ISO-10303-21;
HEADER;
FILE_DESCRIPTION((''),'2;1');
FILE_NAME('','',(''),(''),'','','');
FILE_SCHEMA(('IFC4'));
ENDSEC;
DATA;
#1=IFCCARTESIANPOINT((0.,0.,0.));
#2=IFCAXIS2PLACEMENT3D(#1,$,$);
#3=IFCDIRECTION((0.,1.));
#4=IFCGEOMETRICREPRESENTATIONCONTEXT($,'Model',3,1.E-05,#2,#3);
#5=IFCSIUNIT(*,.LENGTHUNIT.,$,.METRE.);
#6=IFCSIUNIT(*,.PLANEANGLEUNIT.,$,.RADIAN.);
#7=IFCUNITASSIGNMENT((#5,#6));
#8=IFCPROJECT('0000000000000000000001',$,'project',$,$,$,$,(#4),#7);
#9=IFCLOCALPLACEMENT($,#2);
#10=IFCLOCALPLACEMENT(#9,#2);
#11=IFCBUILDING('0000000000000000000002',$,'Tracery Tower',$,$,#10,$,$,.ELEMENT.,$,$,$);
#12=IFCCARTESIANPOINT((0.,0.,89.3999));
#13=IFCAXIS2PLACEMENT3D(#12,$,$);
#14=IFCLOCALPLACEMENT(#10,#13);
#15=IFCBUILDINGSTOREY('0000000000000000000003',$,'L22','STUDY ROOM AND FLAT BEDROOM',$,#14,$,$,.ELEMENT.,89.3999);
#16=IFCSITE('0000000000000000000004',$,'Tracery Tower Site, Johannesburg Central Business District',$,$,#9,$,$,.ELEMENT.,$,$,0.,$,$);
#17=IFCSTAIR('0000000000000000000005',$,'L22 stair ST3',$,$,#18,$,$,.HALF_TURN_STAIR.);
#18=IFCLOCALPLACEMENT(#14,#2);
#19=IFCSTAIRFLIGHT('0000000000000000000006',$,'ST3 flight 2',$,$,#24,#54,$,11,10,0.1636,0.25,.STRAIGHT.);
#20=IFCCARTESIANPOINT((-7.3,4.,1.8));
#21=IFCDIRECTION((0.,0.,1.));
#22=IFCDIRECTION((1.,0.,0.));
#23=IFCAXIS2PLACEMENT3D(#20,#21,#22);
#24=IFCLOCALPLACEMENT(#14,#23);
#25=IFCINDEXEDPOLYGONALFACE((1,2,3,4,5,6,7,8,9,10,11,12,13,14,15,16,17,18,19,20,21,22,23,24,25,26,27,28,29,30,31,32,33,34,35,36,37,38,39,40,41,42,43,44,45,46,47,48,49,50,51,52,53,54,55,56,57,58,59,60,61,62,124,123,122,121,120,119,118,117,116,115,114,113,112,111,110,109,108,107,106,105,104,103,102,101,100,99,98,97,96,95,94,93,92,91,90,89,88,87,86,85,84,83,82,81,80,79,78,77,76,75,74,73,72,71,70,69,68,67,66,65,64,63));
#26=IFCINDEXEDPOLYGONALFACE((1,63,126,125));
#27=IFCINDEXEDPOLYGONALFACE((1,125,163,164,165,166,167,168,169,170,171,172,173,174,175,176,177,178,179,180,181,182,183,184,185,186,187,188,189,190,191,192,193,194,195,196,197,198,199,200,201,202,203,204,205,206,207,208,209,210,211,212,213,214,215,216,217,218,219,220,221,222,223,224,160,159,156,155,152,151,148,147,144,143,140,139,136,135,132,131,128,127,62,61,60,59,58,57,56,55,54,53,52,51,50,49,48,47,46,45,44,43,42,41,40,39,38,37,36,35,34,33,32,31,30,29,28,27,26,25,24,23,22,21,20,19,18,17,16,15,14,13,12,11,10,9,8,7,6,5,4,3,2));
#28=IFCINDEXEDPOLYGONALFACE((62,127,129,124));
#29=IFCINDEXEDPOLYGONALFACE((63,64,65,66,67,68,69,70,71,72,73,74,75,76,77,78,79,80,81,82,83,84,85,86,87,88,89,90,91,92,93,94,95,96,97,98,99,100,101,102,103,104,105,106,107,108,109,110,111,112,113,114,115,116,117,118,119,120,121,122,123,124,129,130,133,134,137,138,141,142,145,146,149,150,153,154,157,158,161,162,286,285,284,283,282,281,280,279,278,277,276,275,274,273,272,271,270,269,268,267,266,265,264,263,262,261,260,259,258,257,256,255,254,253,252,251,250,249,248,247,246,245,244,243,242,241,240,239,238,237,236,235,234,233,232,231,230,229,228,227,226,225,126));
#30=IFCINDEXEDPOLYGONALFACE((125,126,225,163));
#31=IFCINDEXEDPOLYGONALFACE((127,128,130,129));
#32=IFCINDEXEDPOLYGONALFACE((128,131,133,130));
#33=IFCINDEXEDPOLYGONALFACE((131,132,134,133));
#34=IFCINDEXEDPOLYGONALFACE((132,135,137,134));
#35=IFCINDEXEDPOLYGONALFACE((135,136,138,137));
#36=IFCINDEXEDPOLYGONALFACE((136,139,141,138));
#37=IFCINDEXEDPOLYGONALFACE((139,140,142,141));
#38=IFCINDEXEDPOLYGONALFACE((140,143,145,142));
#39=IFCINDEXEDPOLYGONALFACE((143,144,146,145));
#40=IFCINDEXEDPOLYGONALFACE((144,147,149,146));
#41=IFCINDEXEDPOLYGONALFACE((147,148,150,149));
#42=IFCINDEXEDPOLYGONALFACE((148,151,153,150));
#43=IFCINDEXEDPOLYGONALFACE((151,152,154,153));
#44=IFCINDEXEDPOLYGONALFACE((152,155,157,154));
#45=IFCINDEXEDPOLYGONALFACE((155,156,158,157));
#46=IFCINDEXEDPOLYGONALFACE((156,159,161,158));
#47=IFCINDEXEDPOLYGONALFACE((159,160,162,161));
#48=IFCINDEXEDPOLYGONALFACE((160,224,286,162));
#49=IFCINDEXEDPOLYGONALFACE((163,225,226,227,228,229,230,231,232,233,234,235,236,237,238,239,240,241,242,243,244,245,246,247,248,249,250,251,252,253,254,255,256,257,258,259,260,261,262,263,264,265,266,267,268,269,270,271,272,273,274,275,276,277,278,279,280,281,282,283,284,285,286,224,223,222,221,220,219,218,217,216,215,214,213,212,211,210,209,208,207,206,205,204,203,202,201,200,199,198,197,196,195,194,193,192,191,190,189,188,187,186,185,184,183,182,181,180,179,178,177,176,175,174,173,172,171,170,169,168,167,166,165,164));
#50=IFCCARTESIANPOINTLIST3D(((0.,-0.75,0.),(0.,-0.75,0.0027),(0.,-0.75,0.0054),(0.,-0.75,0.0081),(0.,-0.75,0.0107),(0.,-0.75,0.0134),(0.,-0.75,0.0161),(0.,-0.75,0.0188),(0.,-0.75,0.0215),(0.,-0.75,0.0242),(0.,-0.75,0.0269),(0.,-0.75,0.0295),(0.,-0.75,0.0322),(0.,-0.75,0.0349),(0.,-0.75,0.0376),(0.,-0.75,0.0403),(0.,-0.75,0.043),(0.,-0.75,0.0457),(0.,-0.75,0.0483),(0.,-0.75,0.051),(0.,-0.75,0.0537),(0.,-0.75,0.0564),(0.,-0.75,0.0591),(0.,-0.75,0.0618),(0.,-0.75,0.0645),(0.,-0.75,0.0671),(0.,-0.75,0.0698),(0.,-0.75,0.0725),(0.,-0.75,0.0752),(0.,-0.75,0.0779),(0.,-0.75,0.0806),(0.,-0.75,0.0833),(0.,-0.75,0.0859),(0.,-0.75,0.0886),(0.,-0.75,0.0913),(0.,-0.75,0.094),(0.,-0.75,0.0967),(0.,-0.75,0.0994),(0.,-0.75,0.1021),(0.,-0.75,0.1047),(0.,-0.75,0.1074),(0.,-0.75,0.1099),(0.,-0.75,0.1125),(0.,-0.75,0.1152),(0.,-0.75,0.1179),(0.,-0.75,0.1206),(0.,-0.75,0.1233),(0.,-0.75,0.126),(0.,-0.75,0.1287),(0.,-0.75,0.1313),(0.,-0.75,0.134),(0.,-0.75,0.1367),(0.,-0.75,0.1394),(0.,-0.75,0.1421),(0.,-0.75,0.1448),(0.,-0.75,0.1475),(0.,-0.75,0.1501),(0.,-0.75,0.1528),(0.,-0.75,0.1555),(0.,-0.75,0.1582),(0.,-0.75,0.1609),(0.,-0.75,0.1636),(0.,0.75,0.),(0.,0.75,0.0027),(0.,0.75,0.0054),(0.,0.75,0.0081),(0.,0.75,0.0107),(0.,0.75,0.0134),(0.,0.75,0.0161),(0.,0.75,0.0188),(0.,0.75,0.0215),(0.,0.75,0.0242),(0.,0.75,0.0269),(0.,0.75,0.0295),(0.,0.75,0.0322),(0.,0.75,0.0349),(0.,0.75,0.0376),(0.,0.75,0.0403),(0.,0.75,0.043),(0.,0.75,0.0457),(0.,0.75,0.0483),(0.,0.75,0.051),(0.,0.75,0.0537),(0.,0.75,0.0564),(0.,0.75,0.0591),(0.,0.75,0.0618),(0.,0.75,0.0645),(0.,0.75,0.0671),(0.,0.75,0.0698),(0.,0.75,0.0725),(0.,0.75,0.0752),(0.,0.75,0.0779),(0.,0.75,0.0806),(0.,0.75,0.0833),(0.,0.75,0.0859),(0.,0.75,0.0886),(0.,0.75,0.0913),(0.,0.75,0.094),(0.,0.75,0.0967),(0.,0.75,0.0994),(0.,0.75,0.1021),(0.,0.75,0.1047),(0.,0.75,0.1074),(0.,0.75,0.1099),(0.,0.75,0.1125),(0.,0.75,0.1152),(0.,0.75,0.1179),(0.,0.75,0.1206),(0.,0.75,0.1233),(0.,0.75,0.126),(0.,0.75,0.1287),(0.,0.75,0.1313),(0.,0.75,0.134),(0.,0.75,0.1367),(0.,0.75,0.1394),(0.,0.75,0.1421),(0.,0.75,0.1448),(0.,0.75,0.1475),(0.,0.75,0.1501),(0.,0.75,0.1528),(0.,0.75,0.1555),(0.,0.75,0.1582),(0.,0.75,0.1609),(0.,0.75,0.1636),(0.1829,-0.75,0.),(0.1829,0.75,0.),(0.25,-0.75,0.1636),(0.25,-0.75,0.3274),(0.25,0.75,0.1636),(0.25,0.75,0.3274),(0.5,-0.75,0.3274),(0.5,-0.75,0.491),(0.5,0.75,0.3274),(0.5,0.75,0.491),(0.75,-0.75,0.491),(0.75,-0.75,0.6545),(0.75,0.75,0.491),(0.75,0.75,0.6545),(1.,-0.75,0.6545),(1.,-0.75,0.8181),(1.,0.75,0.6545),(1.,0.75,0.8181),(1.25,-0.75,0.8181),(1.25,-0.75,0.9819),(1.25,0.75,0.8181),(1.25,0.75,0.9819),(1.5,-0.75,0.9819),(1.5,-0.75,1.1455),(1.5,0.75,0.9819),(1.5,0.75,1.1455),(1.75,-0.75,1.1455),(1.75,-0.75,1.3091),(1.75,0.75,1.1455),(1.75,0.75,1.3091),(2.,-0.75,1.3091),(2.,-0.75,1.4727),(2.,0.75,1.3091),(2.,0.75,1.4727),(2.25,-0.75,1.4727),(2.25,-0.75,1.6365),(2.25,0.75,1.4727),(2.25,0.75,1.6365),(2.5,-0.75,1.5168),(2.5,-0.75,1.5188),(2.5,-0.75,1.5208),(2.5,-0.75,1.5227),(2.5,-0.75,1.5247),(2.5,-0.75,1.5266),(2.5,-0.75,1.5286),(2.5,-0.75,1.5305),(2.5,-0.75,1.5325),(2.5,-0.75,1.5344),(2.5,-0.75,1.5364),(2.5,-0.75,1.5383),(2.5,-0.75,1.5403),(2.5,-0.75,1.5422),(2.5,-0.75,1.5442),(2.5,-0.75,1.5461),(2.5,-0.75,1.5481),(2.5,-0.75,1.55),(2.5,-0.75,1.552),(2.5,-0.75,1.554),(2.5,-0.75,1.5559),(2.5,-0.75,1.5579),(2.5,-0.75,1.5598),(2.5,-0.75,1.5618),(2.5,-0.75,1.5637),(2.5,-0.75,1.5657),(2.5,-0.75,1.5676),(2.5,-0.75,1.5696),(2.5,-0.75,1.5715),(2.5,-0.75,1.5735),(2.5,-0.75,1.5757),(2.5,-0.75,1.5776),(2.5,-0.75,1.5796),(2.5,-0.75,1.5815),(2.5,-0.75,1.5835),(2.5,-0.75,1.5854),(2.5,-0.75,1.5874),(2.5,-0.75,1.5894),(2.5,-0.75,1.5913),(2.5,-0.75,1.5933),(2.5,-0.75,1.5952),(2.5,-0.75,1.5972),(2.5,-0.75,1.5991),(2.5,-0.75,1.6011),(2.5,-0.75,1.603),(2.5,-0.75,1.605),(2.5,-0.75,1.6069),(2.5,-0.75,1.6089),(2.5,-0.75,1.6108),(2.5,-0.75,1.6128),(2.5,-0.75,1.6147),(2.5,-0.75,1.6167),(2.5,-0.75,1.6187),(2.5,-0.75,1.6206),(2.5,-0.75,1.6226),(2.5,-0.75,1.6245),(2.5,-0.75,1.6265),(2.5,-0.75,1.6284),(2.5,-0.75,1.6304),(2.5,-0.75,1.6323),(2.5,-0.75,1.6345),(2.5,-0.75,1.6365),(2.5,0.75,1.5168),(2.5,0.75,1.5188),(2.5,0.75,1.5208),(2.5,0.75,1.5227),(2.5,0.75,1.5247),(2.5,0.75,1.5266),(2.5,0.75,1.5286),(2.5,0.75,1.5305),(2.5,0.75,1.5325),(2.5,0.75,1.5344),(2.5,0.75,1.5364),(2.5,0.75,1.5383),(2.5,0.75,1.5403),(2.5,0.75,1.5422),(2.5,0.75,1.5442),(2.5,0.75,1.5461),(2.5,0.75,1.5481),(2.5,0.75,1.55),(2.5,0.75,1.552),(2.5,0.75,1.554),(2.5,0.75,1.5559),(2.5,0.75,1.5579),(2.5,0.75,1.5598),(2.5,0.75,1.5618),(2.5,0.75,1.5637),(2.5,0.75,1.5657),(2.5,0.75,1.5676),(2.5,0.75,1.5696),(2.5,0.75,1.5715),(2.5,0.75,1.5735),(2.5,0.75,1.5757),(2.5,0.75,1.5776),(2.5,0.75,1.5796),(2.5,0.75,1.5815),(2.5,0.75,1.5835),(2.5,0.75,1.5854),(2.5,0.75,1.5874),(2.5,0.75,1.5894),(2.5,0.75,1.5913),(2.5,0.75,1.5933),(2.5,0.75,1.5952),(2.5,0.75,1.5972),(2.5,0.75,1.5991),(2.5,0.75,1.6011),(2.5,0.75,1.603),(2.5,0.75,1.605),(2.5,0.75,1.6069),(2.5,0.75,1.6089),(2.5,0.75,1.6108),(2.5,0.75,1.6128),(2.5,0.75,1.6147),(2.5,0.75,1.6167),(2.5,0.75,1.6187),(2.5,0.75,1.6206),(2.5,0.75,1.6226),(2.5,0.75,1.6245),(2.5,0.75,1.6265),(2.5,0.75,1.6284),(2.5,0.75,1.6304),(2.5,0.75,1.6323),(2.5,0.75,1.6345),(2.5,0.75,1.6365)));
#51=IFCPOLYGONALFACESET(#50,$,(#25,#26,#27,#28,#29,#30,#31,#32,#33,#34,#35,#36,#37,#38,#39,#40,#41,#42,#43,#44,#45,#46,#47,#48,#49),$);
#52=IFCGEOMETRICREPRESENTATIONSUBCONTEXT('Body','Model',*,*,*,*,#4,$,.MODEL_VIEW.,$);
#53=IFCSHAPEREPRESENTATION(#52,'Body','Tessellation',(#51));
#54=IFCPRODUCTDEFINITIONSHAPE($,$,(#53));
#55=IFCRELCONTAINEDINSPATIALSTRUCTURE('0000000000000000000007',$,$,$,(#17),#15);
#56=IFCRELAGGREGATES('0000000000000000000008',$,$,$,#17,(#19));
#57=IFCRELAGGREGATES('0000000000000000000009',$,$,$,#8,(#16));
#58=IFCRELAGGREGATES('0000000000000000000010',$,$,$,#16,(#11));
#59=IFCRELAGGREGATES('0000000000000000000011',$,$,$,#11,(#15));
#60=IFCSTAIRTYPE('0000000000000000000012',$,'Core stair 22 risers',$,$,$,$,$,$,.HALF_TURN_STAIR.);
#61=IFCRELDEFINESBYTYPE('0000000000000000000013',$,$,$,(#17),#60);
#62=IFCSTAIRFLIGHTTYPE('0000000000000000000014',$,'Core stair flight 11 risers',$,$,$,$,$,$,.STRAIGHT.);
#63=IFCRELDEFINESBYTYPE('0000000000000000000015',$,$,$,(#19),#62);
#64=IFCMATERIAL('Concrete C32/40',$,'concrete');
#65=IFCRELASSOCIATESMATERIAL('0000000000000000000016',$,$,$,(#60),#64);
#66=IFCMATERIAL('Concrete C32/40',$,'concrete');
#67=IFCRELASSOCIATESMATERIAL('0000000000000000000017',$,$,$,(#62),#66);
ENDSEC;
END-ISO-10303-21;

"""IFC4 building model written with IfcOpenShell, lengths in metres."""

from ifc_helpers import new_model, si_unit, direction, frame, origin, place, context, subcontext, project, spatial, polyline, outline, extrude, material, type_object, element, aggregate, save


model = new_model("IFC4")

# Units and contexts
model_context = context("Model", 3, precision=1e-05, world=origin(), true_north=direction((0.0, 1.0)))
body_context = subcontext(model_context, "Body", "Model", "MODEL_VIEW")
ifc_project = project(units=[si_unit("LENGTHUNIT", "METRE"), si_unit("PLANEANGLEUNIT", "RADIAN")], contexts=[model_context])

# Site, building, storey
site_placement = place(None, origin())
site = spatial("IfcSite", under=ifc_project, at=site_placement, Name="Tracery Tower Site, Johannesburg Central Business District", CompositionType="ELEMENT", RefElevation=0.0)
building_placement = place(site_placement, origin())
building = spatial("IfcBuilding", under=site, at=building_placement, Name="Tracery Tower", CompositionType="ELEMENT")
storey_placement = place(building_placement, frame((0.0, 0.0, 89.3999)))
storey = spatial("IfcBuildingStorey", under=building, at=storey_placement, Name="L22", Description="STUDY ROOM AND FLAT BEDROOM", CompositionType="ELEMENT", Elevation=89.3999)

# Stair, stair flight
ifc_material_1 = material(Name="Concrete C32/40", Category="concrete")
stair_type = type_object("IfcStairType", Name="Core stair 22 risers", PredefinedType="HALF_TURN_STAIR", material=ifc_material_1)
stair_placement = place(storey_placement, origin())
stair = element("IfcStair", 1, at=stair_placement, inside=storey, type_object=stair_type, Name="L22 stair ST3", PredefinedType="HALF_TURN_STAIR")
ifc_material_2 = material(Name="Concrete C32/40", Category="concrete")
stair_flight_type = type_object("IfcStairFlightType", Name="Core stair flight 11 risers", PredefinedType="STRAIGHT", material=ifc_material_2)
stair_flight_1_placement = place(storey_placement, frame((-7.3, 4.0, 1.8), z_axis=(0.0, 0.0, 1.0), x_axis=(1.0, 0.0, 0.0)))
stair_flight_1 = element("IfcStairFlight", 2, at=stair_flight_1_placement, type_object=stair_flight_type, Name="ST3 flight 2", NumberOfRisers=11, NumberOfTreads=10, PredefinedType="STRAIGHT", RiserHeight=0.1636, TreadLength=0.25, context=body_context, shape_type="SweptSolid", body=[
    extrude(outline(polyline([(0.0, 0.0), (0.0, 0.0027), (0.0, 0.0054), (0.0, 0.0081), (0.0, 0.0107), (0.0, 0.0134), (0.0, 0.0161), (0.0, 0.0188), (0.0, 0.0215), (0.0, 0.0242), (0.0, 0.0269), (0.0, 0.0295), (0.0, 0.0322), (0.0, 0.0349), (0.0, 0.0376), (0.0, 0.0403), (0.0, 0.043), (0.0, 0.0457), (0.0, 0.0483), (0.0, 0.051), (0.0, 0.0537), (0.0, 0.0564), (0.0, 0.0591), (0.0, 0.0618), (0.0, 0.0645), (0.0, 0.0671), (0.0, 0.0698), (0.0, 0.0725), (0.0, 0.0752), (0.0, 0.0779), (0.0, 0.0806), (0.0, 0.0833), (0.0, 0.0859), (0.0, 0.0886), (0.0, 0.0913), (0.0, 0.094), (0.0, 0.0967), (0.0, 0.0994), (0.0, 0.1021), (0.0, 0.1047), (0.0, 0.1074), (0.0, 0.1099), (0.0, 0.1125), (0.0, 0.1152), (0.0, 0.1179), (0.0, 0.1206), (0.0, 0.1233), (0.0, 0.126), (0.0, 0.1287), (0.0, 0.1313), (0.0, 0.134), (0.0, 0.1367), (0.0, 0.1394), (0.0, 0.1421), (0.0, 0.1448), (0.0, 0.1475), (0.0, 0.1501), (0.0, 0.1528), (0.0, 0.1555), (0.0, 0.1582), (0.0, 0.1609), (0.0, 0.1636), (0.25, 0.1636), (0.25, 0.3274), (0.5, 0.3274), (0.5, 0.491), (0.75, 0.491), (0.75, 0.6545), (1.0, 0.6545), (1.0, 0.8181), (1.25, 0.8181), (1.25, 0.9819), (1.5, 0.9819), (1.5, 1.1455), (1.75, 1.1455), (1.75, 1.3091), (2.0, 1.3091), (2.0, 1.4727), (2.25, 1.4727), (2.25, 1.6365), (2.5, 1.6365), (2.5, 1.6345), (2.5, 1.6323), (2.5, 1.6304), (2.5, 1.6284), (2.5, 1.6265), (2.5, 1.6245), (2.5, 1.6226), (2.5, 1.6206), (2.5, 1.6187), (2.5, 1.6167), (2.5, 1.6147), (2.5, 1.6128), (2.5, 1.6108), (2.5, 1.6089), (2.5, 1.6069), (2.5, 1.605), (2.5, 1.603), (2.5, 1.6011), (2.5, 1.5991), (2.5, 1.5972), (2.5, 1.5952), (2.5, 1.5933), (2.5, 1.5913), (2.5, 1.5894), (2.5, 1.5874), (2.5, 1.5854), (2.5, 1.5835), (2.5, 1.5815), (2.5, 1.5796), (2.5, 1.5776), (2.5, 1.5757), (2.5, 1.5735), (2.5, 1.5715), (2.5, 1.5696), (2.5, 1.5676), (2.5, 1.5657), (2.5, 1.5637), (2.5, 1.5618), (2.5, 1.5598), (2.5, 1.5579), (2.5, 1.5559), (2.5, 1.554), (2.5, 1.552), (2.5, 1.55), (2.5, 1.5481), (2.5, 1.5461), (2.5, 1.5442), (2.5, 1.5422), (2.5, 1.5403), (2.5, 1.5383), (2.5, 1.5364), (2.5, 1.5344), (2.5, 1.5325), (2.5, 1.5305), (2.5, 1.5286), (2.5, 1.5266), (2.5, 1.5247), (2.5, 1.5227), (2.5, 1.5208), (2.5, 1.5188), (2.5, 1.5168), (0.1829, 0.0), (0.0, 0.0)])), frame((0.0, 0.75, 0.0), z_axis=(0.0, -1.0, 0.0), x_axis=(1.0, 0.0, 0.0)), (0.0, 0.0, 1.0), 1.5),
])
aggregate(stair, [stair_flight_1])

save(model, "model.ifc")
